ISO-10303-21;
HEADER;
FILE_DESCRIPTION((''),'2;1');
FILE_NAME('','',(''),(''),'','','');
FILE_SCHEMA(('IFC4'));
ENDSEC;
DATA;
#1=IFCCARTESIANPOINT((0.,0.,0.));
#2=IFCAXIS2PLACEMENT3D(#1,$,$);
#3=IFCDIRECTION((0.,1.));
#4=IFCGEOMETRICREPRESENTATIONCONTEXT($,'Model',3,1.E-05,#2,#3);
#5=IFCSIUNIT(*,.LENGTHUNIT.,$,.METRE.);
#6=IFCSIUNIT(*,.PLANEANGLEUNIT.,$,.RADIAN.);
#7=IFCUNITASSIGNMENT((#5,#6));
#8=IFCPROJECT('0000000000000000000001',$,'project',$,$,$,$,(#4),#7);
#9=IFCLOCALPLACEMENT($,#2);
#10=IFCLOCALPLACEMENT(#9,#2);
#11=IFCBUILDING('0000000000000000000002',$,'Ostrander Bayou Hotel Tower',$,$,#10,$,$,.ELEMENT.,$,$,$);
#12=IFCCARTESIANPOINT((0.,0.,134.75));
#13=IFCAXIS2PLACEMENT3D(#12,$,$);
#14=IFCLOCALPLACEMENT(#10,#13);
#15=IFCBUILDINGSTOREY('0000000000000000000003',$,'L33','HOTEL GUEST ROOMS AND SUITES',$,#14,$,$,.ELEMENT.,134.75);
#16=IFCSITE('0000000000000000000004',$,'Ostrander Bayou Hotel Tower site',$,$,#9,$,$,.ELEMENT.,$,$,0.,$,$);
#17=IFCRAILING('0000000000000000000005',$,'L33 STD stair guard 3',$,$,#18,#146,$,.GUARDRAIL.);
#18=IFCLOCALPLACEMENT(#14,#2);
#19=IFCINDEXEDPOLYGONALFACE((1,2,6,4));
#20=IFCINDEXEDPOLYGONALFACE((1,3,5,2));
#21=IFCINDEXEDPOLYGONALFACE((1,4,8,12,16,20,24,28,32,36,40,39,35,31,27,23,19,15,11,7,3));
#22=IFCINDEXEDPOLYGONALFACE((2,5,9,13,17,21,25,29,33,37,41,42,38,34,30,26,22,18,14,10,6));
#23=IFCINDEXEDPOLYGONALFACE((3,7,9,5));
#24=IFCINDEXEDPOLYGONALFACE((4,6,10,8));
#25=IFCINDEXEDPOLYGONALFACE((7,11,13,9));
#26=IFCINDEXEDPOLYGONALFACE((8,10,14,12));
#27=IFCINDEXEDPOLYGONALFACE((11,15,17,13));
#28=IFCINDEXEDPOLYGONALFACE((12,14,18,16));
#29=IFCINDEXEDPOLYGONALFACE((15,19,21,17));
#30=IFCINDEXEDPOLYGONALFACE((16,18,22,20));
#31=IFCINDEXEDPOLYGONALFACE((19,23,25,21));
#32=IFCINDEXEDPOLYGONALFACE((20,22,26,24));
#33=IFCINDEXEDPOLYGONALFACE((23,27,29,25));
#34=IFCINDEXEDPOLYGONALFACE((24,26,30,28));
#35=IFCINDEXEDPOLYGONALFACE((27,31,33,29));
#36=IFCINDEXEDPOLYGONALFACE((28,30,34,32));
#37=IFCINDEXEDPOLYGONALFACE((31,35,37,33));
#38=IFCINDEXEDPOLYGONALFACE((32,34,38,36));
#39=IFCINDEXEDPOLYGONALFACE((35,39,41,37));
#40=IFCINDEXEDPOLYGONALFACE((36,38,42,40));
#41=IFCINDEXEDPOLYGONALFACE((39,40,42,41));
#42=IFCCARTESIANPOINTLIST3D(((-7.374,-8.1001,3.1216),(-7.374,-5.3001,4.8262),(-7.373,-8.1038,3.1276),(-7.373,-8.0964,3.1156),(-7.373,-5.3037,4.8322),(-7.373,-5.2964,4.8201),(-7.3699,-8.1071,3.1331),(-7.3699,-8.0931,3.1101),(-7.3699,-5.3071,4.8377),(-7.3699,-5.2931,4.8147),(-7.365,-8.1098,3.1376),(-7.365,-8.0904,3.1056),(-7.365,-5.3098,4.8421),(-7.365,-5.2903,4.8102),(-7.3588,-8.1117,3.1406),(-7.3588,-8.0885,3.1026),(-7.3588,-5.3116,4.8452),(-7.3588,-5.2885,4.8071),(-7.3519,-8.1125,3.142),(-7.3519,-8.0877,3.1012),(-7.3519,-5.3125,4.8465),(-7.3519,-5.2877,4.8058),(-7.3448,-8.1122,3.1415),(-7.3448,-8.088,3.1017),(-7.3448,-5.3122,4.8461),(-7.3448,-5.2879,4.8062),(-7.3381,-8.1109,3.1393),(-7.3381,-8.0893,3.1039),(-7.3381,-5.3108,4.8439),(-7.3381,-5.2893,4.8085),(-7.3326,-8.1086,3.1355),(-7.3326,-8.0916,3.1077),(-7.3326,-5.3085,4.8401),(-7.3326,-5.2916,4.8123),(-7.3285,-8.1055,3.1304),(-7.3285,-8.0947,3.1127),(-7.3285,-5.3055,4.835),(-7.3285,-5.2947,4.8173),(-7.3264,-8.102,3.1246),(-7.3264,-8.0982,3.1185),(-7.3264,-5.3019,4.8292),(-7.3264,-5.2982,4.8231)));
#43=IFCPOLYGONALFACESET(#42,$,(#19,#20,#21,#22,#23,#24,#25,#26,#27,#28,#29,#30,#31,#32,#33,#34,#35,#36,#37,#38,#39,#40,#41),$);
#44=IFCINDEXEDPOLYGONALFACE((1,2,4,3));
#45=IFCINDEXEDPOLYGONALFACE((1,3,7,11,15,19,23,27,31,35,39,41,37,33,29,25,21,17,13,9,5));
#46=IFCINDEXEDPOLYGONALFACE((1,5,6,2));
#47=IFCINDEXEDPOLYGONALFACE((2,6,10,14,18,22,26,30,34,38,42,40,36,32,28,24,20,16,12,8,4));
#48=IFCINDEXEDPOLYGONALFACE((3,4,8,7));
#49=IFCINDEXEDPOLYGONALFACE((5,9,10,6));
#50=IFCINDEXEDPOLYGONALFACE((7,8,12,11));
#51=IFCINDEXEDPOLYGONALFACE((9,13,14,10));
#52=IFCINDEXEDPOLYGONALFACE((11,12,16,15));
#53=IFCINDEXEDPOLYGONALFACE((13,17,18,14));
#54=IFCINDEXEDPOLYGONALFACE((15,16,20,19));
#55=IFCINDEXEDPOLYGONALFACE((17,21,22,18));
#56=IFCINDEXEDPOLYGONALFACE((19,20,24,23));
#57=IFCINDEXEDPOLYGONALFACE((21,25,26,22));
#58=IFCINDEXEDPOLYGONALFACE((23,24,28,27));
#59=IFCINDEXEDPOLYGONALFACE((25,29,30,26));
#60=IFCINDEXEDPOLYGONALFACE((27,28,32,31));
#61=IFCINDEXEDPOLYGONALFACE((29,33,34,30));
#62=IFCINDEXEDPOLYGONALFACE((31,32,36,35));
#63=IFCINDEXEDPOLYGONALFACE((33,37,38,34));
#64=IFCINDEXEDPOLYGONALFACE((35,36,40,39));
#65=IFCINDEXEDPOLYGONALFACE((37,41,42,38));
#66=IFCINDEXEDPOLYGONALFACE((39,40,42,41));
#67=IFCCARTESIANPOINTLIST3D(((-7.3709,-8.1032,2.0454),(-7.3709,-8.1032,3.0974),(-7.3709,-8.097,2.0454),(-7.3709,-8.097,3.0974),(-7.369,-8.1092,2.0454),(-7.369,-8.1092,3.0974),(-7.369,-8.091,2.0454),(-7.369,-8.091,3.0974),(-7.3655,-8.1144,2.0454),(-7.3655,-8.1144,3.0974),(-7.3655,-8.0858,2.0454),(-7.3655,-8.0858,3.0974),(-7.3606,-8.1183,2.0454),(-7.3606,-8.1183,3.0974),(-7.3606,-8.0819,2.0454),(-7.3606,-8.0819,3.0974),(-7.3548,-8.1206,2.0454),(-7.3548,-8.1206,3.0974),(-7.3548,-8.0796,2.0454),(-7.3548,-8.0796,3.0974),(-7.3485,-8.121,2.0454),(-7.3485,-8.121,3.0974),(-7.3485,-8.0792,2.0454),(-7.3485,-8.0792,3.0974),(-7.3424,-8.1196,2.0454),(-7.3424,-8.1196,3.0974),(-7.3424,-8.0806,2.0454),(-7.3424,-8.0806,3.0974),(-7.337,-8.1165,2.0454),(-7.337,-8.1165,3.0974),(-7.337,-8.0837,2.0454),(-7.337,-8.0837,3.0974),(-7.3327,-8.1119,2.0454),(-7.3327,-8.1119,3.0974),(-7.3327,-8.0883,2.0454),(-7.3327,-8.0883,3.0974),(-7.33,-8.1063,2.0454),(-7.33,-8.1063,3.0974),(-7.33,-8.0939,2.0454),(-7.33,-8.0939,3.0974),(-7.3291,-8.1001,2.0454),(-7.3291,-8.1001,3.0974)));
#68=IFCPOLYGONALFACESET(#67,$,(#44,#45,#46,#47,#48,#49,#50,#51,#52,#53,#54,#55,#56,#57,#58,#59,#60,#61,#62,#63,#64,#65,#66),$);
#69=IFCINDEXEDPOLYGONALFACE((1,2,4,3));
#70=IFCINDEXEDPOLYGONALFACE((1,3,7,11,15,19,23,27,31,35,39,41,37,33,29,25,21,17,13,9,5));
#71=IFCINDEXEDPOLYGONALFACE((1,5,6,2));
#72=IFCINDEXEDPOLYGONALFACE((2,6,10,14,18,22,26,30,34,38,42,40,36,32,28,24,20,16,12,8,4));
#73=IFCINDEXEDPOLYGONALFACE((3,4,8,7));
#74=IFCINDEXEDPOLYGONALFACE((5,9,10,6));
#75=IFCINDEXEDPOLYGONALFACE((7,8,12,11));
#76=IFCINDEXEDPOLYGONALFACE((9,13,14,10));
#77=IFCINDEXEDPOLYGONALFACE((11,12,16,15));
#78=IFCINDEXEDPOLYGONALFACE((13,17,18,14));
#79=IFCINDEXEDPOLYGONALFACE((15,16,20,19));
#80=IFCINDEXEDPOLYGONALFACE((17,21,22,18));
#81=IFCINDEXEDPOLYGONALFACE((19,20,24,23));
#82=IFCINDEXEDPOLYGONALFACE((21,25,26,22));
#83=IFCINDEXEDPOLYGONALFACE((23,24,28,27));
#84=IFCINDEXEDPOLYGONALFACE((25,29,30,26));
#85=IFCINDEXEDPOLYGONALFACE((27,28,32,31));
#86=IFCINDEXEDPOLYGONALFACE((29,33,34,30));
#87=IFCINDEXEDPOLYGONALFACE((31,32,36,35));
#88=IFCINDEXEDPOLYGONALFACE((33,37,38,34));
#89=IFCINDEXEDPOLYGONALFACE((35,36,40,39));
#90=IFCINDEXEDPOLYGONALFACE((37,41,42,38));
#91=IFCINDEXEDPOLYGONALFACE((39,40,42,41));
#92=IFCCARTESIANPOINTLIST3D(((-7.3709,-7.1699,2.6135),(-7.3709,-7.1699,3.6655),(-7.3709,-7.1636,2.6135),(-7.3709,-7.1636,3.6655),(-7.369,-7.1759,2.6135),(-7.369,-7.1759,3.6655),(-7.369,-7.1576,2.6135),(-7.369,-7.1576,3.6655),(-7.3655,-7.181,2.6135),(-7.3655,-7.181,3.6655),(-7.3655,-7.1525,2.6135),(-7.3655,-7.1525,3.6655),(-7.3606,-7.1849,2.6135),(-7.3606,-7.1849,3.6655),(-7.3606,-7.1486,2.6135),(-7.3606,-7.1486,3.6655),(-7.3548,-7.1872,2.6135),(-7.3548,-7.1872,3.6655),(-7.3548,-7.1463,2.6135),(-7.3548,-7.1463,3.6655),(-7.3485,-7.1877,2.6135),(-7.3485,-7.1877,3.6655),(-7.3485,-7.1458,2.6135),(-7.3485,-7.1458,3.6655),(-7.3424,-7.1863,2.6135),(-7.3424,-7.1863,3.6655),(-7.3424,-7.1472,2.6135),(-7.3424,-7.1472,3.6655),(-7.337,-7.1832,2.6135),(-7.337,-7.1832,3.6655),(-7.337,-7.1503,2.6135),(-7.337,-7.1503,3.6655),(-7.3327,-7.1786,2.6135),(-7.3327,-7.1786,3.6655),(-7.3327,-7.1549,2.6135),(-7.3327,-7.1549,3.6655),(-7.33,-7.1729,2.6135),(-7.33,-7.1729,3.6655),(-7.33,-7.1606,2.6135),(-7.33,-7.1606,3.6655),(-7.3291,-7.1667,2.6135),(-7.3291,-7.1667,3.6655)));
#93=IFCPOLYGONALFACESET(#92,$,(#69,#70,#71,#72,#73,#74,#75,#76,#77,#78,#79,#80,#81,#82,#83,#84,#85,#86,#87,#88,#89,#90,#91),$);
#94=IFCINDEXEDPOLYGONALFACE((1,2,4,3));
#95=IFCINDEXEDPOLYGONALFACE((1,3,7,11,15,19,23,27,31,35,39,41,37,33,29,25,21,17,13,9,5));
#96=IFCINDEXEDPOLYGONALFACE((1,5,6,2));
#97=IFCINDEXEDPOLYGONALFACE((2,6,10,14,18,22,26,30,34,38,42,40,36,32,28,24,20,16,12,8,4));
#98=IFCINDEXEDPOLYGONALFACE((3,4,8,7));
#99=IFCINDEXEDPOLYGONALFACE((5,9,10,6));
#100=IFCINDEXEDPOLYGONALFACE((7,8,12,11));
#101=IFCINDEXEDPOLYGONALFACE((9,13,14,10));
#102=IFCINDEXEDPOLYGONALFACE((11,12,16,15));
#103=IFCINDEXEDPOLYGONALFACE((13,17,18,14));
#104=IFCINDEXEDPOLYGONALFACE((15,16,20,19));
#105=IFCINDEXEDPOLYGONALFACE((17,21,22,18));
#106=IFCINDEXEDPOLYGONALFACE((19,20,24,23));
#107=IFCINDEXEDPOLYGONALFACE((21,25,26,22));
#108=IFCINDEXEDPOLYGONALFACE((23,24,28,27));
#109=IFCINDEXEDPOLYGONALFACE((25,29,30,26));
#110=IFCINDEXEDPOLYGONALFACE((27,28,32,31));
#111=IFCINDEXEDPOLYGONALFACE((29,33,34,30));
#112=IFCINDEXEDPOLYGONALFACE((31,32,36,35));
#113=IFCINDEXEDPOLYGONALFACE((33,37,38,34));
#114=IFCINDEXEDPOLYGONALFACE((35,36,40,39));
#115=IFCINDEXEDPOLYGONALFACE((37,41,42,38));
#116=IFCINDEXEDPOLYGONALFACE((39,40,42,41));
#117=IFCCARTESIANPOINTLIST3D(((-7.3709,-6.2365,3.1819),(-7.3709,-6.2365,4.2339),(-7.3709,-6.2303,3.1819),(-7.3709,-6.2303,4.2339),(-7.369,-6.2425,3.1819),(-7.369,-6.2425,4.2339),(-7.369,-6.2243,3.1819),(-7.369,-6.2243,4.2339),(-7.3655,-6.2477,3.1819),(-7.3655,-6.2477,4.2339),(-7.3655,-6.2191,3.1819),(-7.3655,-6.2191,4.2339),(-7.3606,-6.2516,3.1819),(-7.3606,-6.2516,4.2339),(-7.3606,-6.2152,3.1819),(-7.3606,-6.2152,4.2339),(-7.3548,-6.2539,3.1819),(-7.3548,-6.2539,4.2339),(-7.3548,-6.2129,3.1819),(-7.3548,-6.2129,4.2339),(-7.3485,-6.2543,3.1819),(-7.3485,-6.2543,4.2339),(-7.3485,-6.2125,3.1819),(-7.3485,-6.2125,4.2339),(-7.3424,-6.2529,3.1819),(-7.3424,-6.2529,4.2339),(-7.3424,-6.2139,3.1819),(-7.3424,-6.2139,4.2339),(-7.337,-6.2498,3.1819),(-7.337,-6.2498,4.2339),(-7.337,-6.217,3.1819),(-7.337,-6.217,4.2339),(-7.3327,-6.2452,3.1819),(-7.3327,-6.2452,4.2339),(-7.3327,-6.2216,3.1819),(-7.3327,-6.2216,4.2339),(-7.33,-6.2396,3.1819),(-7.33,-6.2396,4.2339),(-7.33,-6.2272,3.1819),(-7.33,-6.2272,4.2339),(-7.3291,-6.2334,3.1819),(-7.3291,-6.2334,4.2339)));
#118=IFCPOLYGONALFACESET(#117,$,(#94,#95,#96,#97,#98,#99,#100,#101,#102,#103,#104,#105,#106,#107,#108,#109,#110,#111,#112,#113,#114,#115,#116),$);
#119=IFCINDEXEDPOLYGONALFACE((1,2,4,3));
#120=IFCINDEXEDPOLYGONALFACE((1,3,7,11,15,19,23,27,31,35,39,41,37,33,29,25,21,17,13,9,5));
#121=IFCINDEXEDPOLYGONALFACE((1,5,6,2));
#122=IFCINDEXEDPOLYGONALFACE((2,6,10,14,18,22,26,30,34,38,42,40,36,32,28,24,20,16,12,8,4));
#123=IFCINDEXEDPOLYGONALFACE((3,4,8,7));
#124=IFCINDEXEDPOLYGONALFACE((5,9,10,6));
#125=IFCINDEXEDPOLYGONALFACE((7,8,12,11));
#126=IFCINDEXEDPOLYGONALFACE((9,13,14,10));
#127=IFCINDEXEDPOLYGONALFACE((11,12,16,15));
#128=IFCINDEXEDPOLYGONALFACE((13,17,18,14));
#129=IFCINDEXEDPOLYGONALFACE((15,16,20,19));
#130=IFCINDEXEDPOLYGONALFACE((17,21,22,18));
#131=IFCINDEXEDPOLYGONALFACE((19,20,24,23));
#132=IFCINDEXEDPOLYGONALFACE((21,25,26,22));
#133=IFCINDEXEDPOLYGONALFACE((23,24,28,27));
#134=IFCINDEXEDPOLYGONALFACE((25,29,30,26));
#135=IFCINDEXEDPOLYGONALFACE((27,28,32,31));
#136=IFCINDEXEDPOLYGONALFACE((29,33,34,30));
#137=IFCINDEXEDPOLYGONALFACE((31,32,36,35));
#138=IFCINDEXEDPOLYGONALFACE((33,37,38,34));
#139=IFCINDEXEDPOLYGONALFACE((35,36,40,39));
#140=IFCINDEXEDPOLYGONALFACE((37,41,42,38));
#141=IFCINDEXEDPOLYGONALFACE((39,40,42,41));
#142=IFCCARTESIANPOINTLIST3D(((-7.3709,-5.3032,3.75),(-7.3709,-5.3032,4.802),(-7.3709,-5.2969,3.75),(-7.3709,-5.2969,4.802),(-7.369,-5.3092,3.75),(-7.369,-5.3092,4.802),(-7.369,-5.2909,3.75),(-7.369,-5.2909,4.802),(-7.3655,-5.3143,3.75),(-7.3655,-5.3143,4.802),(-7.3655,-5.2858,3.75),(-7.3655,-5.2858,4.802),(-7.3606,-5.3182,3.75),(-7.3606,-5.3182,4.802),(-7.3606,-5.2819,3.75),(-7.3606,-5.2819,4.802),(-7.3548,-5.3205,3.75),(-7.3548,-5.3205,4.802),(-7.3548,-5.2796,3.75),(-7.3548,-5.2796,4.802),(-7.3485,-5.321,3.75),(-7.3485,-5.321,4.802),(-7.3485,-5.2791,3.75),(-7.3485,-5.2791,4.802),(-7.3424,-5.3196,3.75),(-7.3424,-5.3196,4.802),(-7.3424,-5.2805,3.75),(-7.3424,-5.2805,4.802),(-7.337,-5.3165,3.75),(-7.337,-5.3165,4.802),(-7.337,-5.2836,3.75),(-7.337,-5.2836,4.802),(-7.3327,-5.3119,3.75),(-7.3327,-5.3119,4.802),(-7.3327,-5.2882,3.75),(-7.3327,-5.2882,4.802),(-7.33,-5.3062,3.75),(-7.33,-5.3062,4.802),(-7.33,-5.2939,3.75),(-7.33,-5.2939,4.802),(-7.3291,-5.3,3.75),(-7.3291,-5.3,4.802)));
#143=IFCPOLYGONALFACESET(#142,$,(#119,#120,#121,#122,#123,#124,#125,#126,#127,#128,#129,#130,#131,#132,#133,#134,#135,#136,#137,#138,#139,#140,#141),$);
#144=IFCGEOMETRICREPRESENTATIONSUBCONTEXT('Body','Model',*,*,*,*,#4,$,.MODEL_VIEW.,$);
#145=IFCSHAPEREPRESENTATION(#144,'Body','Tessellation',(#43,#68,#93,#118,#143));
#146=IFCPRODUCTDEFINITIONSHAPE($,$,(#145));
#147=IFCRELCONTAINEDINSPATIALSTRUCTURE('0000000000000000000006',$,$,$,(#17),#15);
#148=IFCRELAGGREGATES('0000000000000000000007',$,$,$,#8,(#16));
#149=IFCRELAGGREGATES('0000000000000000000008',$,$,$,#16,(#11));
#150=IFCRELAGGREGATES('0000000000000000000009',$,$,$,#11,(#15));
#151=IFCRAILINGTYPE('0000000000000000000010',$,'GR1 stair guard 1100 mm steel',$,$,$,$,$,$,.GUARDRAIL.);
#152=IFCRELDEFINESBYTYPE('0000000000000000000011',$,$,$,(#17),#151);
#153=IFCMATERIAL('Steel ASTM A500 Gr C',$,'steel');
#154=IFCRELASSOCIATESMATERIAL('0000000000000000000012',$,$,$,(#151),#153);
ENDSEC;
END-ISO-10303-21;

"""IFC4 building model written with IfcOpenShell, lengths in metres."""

from ifc_helpers import new_model, si_unit, direction, frame, origin, origin_2d, place, context, subcontext, project, spatial, circle, extrude, material, type_object, element, save


model = new_model("IFC4")

# Units and contexts
model_context = context("Model", 3, precision=1e-05, world=origin(), true_north=direction((0.0, 1.0)))
body_context = subcontext(model_context, "Body", "Model", "MODEL_VIEW")
ifc_project = project(units=[si_unit("LENGTHUNIT", "METRE"), si_unit("PLANEANGLEUNIT", "RADIAN")], contexts=[model_context])

# Site, building, storey
site_placement = place(None, origin())
site = spatial("IfcSite", under=ifc_project, at=site_placement, Name="Ostrander Bayou Hotel Tower site", CompositionType="ELEMENT", RefElevation=0.0)
building_placement = place(site_placement, origin())
building = spatial("IfcBuilding", under=site, at=building_placement, Name="Ostrander Bayou Hotel Tower", CompositionType="ELEMENT")
storey_placement = place(building_placement, frame((0.0, 0.0, 134.75)))
storey = spatial("IfcBuildingStorey", under=building, at=storey_placement, Name="L33", Description="HOTEL GUEST ROOMS AND SUITES", CompositionType="ELEMENT", Elevation=134.75)

# Railing
ifc_material_1 = material(Name="Steel ASTM A500 Gr C", Category="steel")
railing_type_1 = type_object("IfcRailingType", Name="GR1 stair guard 1100 mm steel", PredefinedType="GUARDRAIL", material=ifc_material_1)
railing_1_placement = place(storey_placement, frame((-7.3501, -8.1001, 2.0454)))
element("IfcRailing", 1, at=railing_1_placement, inside=storey, type_object=railing_type_1, Name="L33 STD stair guard 3", PredefinedType="GUARDRAIL", context=body_context, shape_type="SweptSolid", body=[
    extrude(circle(Radius=0.0239, at=origin_2d()), frame((0.0, 0.0, 1.0762), z_axis=(0.0, 0.85417, 0.519994), x_axis=(-1.0, 0.0, 0.0)), (0.0, 0.0, 1.0), 3.2781),
    extrude(circle(Radius=0.021, at=origin_2d()), origin(), (0.0, 0.0, 1.0), 1.052),
    extrude(circle(Radius=0.021, at=origin_2d()), frame((0.0, 0.9333, 0.5681)), (0.0, 0.0, 1.0), 1.052),
    extrude(circle(Radius=0.021, at=origin_2d()), frame((0.0, 1.8667, 1.1365)), (0.0, 0.0, 1.0), 1.052),
    extrude(circle(Radius=0.021, at=origin_2d()), frame((0.0, 2.8, 1.7046)), (0.0, 0.0, 1.0), 1.052),
])

save(model, "model.ifc")
